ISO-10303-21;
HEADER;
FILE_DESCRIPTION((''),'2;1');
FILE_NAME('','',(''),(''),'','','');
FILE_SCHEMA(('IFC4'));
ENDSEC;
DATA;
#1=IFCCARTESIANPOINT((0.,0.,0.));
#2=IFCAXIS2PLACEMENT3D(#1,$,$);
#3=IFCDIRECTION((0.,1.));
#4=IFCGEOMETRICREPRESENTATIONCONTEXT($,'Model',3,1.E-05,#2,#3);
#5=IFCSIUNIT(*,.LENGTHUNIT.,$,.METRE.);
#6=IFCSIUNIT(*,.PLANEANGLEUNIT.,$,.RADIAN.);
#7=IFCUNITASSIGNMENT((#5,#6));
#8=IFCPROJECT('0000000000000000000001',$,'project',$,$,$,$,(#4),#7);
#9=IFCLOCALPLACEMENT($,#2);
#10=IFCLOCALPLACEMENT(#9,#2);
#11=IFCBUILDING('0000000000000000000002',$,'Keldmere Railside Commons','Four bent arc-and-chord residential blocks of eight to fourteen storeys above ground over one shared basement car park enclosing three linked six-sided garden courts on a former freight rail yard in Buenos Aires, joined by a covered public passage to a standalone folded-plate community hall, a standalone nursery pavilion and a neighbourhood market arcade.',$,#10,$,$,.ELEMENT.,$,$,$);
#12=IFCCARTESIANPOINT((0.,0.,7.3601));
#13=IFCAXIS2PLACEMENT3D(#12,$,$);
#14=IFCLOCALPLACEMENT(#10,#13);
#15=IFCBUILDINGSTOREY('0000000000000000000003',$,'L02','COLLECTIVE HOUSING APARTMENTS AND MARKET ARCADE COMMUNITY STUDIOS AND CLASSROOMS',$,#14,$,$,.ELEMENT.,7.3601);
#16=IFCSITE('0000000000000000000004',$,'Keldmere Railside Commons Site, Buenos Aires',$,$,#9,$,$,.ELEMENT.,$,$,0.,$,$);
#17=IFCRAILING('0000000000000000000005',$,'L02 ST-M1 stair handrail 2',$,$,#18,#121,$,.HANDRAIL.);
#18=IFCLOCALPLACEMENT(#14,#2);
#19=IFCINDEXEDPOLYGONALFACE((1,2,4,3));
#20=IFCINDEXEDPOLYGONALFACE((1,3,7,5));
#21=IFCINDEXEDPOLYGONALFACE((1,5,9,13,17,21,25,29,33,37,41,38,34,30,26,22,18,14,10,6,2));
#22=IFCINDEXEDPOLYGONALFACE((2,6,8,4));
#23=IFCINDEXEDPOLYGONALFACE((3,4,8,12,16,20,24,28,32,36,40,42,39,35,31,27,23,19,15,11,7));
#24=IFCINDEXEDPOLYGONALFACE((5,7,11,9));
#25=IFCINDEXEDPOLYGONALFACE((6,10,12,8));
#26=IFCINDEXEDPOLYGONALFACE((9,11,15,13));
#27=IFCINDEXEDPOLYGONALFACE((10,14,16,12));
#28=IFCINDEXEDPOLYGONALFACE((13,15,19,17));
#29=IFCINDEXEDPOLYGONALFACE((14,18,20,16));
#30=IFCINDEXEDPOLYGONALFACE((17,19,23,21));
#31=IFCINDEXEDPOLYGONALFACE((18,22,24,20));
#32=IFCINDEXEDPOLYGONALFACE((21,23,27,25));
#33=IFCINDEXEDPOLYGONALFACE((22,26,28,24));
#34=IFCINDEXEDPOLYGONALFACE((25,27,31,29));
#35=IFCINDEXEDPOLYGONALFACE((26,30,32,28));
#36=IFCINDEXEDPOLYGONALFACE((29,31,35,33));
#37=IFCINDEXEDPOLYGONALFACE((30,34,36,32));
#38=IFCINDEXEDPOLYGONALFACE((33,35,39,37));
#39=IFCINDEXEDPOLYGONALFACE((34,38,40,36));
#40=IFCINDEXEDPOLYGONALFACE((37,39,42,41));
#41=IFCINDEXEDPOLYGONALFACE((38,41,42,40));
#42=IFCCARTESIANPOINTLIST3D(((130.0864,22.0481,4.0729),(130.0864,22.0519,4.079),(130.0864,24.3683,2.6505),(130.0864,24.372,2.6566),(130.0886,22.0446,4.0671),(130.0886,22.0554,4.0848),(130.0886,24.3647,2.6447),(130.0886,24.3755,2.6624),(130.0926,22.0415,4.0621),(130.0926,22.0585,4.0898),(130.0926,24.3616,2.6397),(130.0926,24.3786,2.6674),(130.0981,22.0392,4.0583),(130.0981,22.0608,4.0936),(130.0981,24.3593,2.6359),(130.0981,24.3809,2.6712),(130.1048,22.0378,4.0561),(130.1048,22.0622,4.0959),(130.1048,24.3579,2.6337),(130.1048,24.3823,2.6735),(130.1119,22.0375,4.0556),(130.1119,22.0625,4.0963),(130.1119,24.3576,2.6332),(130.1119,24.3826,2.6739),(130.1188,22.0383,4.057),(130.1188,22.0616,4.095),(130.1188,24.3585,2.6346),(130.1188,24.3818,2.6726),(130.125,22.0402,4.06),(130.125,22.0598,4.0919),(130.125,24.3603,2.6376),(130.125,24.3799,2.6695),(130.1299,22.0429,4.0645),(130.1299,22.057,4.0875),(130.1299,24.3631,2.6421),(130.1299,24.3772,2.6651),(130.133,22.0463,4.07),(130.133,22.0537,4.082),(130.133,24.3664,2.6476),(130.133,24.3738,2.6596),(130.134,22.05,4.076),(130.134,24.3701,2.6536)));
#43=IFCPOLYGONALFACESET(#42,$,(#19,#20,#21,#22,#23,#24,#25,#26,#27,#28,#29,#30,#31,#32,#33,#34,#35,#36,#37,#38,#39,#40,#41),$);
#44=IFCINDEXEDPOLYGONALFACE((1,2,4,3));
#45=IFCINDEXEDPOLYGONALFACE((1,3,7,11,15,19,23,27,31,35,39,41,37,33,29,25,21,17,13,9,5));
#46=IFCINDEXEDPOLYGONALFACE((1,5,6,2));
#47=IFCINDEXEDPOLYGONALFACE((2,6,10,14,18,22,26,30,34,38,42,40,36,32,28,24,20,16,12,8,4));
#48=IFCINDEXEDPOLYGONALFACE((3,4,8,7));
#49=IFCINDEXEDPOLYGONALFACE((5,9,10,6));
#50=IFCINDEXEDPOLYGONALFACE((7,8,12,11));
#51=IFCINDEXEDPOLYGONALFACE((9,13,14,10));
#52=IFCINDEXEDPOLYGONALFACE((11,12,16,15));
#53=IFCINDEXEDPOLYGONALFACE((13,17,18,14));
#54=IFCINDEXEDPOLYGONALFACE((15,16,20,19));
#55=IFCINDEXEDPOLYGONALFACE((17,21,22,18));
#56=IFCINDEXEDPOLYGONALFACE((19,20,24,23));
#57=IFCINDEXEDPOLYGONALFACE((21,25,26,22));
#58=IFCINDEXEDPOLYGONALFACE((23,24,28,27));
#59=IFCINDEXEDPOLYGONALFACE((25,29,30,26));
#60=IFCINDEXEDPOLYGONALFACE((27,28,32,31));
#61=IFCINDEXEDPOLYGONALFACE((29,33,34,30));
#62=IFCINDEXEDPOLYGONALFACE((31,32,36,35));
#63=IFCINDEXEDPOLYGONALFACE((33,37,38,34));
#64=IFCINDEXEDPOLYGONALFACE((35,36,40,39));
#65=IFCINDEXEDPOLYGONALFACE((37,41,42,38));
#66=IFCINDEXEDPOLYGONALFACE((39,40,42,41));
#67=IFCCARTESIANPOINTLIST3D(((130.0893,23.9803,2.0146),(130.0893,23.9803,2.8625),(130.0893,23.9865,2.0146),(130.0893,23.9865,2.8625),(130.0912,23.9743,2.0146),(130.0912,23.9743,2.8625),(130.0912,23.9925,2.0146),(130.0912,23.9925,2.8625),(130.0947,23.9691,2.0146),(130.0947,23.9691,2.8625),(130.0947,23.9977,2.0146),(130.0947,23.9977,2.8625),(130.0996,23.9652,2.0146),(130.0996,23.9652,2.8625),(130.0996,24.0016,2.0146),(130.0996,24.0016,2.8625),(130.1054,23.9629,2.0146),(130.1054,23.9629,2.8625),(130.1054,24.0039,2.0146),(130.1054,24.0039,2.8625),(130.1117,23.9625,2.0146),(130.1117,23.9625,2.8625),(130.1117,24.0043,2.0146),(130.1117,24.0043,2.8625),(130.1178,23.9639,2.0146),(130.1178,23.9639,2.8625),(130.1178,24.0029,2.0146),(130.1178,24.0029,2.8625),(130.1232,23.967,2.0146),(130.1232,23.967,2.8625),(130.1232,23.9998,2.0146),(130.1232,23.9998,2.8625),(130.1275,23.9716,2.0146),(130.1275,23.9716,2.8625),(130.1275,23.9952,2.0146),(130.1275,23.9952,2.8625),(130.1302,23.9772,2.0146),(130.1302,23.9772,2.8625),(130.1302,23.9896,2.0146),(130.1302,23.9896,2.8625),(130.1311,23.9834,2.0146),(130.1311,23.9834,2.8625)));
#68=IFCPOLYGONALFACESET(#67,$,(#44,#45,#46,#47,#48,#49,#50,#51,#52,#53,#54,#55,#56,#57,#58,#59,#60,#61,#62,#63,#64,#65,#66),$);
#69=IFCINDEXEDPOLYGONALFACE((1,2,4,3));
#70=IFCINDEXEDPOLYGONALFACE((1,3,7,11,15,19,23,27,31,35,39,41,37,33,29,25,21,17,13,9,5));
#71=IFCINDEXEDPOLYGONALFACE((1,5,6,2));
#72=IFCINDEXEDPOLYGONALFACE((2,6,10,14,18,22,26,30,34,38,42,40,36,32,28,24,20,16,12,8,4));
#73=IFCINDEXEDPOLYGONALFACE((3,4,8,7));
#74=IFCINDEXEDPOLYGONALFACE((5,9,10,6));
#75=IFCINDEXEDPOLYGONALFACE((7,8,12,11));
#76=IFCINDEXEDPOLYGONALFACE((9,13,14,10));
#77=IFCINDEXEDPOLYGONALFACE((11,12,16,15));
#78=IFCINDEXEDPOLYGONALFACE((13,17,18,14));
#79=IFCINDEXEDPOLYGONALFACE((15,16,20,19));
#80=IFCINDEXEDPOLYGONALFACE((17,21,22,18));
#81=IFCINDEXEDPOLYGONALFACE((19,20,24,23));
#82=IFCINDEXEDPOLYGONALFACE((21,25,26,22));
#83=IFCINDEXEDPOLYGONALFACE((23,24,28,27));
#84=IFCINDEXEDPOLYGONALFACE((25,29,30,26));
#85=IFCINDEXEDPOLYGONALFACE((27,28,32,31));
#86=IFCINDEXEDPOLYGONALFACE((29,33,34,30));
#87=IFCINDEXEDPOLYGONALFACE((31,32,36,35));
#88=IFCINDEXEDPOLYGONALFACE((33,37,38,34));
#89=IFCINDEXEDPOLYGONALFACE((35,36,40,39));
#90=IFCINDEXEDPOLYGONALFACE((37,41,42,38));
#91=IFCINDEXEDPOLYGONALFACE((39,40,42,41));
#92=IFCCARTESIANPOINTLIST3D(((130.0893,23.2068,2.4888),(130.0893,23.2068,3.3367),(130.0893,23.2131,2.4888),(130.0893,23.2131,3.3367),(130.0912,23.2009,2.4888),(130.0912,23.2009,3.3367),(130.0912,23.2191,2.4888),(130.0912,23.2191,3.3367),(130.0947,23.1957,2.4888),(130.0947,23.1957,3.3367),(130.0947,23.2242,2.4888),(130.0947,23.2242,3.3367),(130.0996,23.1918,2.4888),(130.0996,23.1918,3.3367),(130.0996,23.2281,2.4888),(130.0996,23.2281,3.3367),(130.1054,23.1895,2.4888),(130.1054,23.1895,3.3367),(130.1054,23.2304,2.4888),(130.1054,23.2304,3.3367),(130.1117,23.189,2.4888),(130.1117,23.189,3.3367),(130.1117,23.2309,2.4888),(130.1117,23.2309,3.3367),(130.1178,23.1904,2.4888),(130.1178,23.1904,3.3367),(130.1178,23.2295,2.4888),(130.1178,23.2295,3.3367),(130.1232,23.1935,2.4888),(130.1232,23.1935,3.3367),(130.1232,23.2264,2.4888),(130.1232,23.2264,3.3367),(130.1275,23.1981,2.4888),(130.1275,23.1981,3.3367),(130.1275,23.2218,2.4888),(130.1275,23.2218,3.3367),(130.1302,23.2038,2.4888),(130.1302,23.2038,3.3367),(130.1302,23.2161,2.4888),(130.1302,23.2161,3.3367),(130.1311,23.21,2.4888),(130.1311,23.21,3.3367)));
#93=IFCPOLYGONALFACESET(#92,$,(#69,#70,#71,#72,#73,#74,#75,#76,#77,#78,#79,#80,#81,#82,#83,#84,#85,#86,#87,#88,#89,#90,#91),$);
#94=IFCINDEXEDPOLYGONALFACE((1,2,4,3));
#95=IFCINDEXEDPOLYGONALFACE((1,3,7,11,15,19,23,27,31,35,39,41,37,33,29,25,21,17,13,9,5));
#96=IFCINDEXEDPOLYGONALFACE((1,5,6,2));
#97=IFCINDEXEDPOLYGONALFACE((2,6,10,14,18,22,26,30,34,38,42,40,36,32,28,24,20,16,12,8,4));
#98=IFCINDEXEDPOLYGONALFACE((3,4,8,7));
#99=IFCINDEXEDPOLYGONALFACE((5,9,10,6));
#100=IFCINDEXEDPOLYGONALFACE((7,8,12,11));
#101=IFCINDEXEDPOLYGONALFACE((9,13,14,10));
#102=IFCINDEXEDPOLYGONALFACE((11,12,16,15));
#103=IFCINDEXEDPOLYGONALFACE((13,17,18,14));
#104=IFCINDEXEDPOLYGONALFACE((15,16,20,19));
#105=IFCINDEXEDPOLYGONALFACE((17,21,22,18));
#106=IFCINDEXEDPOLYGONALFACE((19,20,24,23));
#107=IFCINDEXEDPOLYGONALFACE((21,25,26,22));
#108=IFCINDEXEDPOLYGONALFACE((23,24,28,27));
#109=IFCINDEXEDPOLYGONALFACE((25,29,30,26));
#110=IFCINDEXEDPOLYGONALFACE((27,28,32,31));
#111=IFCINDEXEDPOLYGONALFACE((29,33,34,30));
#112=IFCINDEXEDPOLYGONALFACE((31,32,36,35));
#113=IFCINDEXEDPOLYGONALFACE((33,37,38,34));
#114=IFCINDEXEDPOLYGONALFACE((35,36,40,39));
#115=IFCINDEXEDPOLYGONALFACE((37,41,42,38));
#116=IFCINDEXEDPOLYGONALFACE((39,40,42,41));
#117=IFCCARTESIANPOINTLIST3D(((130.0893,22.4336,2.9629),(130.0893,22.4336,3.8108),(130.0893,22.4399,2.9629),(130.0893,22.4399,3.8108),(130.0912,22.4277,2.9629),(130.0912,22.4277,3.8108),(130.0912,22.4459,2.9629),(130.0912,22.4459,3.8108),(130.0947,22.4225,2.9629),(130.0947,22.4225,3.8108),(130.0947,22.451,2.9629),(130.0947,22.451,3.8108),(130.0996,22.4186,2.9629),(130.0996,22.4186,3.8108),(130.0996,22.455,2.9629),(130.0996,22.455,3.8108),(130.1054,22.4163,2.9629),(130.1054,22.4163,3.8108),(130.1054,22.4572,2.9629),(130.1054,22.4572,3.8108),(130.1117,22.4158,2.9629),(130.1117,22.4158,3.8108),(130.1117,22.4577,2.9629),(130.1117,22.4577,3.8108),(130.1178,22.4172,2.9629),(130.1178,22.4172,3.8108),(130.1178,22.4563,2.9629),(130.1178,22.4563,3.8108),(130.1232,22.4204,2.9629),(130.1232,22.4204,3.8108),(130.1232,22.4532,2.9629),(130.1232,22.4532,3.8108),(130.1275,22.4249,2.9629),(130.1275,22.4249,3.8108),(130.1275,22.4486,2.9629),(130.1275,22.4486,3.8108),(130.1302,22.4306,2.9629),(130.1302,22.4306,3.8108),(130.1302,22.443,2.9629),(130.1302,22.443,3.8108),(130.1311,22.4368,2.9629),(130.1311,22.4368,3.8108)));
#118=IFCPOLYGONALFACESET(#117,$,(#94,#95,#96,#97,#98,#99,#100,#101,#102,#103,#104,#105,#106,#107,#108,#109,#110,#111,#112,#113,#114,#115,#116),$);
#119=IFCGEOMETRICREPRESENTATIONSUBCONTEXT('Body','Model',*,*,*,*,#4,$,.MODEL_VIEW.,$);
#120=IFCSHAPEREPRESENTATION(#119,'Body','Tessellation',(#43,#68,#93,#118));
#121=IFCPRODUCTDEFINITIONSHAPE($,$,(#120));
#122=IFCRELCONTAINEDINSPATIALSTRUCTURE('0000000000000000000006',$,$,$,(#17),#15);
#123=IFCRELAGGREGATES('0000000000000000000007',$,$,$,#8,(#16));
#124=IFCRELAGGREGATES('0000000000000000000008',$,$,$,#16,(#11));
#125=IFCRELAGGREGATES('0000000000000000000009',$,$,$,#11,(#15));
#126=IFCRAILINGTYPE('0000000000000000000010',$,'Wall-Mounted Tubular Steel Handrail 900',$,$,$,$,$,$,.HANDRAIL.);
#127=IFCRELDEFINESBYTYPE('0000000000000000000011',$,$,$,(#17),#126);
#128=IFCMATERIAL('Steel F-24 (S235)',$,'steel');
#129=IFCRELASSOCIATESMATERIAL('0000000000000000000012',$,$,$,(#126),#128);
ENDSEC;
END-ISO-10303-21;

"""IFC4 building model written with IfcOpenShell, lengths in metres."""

from ifc_helpers import new_model, si_unit, direction, frame, origin, origin_2d, place, context, subcontext, project, spatial, circle, extrude, material, type_object, element, save


model = new_model("IFC4")

# Units and contexts
model_context = context("Model", 3, precision=1e-05, world=origin(), true_north=direction((0.0, 1.0)))
body_context = subcontext(model_context, "Body", "Model", "MODEL_VIEW")
ifc_project = project(units=[si_unit("LENGTHUNIT", "METRE"), si_unit("PLANEANGLEUNIT", "RADIAN")], contexts=[model_context])

# Site, building, storey
site_placement = place(None, origin())
site = spatial("IfcSite", under=ifc_project, at=site_placement, Name="Keldmere Railside Commons Site, Buenos Aires", CompositionType="ELEMENT", RefElevation=0.0)
building_placement = place(site_placement, origin())
building = spatial("IfcBuilding", under=site, at=building_placement, Name="Keldmere Railside Commons", Description="Four bent arc-and-chord residential blocks of eight to fourteen storeys above ground over one shared basement car park enclosing three linked six-sided garden courts on a former freight rail yard in Buenos Aires, joined by a covered public passage to a standalone folded-plate community hall, a standalone nursery pavilion and a neighbourhood market arcade.", CompositionType="ELEMENT")
storey_placement = place(building_placement, frame((0.0, 0.0, 7.3601)))
storey = spatial("IfcBuildingStorey", under=building, at=storey_placement, Name="L02", Description="COLLECTIVE HOUSING APARTMENTS AND MARKET ARCADE COMMUNITY STUDIOS AND CLASSROOMS", CompositionType="ELEMENT", Elevation=7.3601)

# Railing
ifc_material_1 = material(Name="Steel F-24 (S235)", Category="steel")
railing_type_1 = type_object("IfcRailingType", Name="Wall-Mounted Tubular Steel Handrail 900", PredefinedType="HANDRAIL", material=ifc_material_1)
railing_1_placement = place(storey_placement, frame((130.1101, 24.3701, 1.7776)))
element("IfcRailing", 1, at=railing_1_placement, inside=storey, type_object=railing_type_1, Name="L02 ST-M1 stair handrail 2", PredefinedType="HANDRAIL", context=body_context, shape_type="SweptSolid", body=[
    extrude(circle(Radius=0.0239, at=origin_2d()), frame((0.0, 0.0, 0.876), z_axis=(0.0, -0.852538, 0.522665), x_axis=(1.0, 0.0, 0.0)), (0.0, 0.0, 1.0), 2.7214),
    extrude(circle(Radius=0.021, at=origin_2d()), frame((0.0, -0.3867, 0.2371)), (0.0, 0.0, 1.0), 0.8479),
    extrude(circle(Radius=0.021, at=origin_2d()), frame((0.0, -1.1602, 0.7112)), (0.0, 0.0, 1.0), 0.8479),
    extrude(circle(Radius=0.021, at=origin_2d()), frame((0.0, -1.9333, 1.1853)), (0.0, 0.0, 1.0), 0.8479),
])

save(model, "model.ifc")
